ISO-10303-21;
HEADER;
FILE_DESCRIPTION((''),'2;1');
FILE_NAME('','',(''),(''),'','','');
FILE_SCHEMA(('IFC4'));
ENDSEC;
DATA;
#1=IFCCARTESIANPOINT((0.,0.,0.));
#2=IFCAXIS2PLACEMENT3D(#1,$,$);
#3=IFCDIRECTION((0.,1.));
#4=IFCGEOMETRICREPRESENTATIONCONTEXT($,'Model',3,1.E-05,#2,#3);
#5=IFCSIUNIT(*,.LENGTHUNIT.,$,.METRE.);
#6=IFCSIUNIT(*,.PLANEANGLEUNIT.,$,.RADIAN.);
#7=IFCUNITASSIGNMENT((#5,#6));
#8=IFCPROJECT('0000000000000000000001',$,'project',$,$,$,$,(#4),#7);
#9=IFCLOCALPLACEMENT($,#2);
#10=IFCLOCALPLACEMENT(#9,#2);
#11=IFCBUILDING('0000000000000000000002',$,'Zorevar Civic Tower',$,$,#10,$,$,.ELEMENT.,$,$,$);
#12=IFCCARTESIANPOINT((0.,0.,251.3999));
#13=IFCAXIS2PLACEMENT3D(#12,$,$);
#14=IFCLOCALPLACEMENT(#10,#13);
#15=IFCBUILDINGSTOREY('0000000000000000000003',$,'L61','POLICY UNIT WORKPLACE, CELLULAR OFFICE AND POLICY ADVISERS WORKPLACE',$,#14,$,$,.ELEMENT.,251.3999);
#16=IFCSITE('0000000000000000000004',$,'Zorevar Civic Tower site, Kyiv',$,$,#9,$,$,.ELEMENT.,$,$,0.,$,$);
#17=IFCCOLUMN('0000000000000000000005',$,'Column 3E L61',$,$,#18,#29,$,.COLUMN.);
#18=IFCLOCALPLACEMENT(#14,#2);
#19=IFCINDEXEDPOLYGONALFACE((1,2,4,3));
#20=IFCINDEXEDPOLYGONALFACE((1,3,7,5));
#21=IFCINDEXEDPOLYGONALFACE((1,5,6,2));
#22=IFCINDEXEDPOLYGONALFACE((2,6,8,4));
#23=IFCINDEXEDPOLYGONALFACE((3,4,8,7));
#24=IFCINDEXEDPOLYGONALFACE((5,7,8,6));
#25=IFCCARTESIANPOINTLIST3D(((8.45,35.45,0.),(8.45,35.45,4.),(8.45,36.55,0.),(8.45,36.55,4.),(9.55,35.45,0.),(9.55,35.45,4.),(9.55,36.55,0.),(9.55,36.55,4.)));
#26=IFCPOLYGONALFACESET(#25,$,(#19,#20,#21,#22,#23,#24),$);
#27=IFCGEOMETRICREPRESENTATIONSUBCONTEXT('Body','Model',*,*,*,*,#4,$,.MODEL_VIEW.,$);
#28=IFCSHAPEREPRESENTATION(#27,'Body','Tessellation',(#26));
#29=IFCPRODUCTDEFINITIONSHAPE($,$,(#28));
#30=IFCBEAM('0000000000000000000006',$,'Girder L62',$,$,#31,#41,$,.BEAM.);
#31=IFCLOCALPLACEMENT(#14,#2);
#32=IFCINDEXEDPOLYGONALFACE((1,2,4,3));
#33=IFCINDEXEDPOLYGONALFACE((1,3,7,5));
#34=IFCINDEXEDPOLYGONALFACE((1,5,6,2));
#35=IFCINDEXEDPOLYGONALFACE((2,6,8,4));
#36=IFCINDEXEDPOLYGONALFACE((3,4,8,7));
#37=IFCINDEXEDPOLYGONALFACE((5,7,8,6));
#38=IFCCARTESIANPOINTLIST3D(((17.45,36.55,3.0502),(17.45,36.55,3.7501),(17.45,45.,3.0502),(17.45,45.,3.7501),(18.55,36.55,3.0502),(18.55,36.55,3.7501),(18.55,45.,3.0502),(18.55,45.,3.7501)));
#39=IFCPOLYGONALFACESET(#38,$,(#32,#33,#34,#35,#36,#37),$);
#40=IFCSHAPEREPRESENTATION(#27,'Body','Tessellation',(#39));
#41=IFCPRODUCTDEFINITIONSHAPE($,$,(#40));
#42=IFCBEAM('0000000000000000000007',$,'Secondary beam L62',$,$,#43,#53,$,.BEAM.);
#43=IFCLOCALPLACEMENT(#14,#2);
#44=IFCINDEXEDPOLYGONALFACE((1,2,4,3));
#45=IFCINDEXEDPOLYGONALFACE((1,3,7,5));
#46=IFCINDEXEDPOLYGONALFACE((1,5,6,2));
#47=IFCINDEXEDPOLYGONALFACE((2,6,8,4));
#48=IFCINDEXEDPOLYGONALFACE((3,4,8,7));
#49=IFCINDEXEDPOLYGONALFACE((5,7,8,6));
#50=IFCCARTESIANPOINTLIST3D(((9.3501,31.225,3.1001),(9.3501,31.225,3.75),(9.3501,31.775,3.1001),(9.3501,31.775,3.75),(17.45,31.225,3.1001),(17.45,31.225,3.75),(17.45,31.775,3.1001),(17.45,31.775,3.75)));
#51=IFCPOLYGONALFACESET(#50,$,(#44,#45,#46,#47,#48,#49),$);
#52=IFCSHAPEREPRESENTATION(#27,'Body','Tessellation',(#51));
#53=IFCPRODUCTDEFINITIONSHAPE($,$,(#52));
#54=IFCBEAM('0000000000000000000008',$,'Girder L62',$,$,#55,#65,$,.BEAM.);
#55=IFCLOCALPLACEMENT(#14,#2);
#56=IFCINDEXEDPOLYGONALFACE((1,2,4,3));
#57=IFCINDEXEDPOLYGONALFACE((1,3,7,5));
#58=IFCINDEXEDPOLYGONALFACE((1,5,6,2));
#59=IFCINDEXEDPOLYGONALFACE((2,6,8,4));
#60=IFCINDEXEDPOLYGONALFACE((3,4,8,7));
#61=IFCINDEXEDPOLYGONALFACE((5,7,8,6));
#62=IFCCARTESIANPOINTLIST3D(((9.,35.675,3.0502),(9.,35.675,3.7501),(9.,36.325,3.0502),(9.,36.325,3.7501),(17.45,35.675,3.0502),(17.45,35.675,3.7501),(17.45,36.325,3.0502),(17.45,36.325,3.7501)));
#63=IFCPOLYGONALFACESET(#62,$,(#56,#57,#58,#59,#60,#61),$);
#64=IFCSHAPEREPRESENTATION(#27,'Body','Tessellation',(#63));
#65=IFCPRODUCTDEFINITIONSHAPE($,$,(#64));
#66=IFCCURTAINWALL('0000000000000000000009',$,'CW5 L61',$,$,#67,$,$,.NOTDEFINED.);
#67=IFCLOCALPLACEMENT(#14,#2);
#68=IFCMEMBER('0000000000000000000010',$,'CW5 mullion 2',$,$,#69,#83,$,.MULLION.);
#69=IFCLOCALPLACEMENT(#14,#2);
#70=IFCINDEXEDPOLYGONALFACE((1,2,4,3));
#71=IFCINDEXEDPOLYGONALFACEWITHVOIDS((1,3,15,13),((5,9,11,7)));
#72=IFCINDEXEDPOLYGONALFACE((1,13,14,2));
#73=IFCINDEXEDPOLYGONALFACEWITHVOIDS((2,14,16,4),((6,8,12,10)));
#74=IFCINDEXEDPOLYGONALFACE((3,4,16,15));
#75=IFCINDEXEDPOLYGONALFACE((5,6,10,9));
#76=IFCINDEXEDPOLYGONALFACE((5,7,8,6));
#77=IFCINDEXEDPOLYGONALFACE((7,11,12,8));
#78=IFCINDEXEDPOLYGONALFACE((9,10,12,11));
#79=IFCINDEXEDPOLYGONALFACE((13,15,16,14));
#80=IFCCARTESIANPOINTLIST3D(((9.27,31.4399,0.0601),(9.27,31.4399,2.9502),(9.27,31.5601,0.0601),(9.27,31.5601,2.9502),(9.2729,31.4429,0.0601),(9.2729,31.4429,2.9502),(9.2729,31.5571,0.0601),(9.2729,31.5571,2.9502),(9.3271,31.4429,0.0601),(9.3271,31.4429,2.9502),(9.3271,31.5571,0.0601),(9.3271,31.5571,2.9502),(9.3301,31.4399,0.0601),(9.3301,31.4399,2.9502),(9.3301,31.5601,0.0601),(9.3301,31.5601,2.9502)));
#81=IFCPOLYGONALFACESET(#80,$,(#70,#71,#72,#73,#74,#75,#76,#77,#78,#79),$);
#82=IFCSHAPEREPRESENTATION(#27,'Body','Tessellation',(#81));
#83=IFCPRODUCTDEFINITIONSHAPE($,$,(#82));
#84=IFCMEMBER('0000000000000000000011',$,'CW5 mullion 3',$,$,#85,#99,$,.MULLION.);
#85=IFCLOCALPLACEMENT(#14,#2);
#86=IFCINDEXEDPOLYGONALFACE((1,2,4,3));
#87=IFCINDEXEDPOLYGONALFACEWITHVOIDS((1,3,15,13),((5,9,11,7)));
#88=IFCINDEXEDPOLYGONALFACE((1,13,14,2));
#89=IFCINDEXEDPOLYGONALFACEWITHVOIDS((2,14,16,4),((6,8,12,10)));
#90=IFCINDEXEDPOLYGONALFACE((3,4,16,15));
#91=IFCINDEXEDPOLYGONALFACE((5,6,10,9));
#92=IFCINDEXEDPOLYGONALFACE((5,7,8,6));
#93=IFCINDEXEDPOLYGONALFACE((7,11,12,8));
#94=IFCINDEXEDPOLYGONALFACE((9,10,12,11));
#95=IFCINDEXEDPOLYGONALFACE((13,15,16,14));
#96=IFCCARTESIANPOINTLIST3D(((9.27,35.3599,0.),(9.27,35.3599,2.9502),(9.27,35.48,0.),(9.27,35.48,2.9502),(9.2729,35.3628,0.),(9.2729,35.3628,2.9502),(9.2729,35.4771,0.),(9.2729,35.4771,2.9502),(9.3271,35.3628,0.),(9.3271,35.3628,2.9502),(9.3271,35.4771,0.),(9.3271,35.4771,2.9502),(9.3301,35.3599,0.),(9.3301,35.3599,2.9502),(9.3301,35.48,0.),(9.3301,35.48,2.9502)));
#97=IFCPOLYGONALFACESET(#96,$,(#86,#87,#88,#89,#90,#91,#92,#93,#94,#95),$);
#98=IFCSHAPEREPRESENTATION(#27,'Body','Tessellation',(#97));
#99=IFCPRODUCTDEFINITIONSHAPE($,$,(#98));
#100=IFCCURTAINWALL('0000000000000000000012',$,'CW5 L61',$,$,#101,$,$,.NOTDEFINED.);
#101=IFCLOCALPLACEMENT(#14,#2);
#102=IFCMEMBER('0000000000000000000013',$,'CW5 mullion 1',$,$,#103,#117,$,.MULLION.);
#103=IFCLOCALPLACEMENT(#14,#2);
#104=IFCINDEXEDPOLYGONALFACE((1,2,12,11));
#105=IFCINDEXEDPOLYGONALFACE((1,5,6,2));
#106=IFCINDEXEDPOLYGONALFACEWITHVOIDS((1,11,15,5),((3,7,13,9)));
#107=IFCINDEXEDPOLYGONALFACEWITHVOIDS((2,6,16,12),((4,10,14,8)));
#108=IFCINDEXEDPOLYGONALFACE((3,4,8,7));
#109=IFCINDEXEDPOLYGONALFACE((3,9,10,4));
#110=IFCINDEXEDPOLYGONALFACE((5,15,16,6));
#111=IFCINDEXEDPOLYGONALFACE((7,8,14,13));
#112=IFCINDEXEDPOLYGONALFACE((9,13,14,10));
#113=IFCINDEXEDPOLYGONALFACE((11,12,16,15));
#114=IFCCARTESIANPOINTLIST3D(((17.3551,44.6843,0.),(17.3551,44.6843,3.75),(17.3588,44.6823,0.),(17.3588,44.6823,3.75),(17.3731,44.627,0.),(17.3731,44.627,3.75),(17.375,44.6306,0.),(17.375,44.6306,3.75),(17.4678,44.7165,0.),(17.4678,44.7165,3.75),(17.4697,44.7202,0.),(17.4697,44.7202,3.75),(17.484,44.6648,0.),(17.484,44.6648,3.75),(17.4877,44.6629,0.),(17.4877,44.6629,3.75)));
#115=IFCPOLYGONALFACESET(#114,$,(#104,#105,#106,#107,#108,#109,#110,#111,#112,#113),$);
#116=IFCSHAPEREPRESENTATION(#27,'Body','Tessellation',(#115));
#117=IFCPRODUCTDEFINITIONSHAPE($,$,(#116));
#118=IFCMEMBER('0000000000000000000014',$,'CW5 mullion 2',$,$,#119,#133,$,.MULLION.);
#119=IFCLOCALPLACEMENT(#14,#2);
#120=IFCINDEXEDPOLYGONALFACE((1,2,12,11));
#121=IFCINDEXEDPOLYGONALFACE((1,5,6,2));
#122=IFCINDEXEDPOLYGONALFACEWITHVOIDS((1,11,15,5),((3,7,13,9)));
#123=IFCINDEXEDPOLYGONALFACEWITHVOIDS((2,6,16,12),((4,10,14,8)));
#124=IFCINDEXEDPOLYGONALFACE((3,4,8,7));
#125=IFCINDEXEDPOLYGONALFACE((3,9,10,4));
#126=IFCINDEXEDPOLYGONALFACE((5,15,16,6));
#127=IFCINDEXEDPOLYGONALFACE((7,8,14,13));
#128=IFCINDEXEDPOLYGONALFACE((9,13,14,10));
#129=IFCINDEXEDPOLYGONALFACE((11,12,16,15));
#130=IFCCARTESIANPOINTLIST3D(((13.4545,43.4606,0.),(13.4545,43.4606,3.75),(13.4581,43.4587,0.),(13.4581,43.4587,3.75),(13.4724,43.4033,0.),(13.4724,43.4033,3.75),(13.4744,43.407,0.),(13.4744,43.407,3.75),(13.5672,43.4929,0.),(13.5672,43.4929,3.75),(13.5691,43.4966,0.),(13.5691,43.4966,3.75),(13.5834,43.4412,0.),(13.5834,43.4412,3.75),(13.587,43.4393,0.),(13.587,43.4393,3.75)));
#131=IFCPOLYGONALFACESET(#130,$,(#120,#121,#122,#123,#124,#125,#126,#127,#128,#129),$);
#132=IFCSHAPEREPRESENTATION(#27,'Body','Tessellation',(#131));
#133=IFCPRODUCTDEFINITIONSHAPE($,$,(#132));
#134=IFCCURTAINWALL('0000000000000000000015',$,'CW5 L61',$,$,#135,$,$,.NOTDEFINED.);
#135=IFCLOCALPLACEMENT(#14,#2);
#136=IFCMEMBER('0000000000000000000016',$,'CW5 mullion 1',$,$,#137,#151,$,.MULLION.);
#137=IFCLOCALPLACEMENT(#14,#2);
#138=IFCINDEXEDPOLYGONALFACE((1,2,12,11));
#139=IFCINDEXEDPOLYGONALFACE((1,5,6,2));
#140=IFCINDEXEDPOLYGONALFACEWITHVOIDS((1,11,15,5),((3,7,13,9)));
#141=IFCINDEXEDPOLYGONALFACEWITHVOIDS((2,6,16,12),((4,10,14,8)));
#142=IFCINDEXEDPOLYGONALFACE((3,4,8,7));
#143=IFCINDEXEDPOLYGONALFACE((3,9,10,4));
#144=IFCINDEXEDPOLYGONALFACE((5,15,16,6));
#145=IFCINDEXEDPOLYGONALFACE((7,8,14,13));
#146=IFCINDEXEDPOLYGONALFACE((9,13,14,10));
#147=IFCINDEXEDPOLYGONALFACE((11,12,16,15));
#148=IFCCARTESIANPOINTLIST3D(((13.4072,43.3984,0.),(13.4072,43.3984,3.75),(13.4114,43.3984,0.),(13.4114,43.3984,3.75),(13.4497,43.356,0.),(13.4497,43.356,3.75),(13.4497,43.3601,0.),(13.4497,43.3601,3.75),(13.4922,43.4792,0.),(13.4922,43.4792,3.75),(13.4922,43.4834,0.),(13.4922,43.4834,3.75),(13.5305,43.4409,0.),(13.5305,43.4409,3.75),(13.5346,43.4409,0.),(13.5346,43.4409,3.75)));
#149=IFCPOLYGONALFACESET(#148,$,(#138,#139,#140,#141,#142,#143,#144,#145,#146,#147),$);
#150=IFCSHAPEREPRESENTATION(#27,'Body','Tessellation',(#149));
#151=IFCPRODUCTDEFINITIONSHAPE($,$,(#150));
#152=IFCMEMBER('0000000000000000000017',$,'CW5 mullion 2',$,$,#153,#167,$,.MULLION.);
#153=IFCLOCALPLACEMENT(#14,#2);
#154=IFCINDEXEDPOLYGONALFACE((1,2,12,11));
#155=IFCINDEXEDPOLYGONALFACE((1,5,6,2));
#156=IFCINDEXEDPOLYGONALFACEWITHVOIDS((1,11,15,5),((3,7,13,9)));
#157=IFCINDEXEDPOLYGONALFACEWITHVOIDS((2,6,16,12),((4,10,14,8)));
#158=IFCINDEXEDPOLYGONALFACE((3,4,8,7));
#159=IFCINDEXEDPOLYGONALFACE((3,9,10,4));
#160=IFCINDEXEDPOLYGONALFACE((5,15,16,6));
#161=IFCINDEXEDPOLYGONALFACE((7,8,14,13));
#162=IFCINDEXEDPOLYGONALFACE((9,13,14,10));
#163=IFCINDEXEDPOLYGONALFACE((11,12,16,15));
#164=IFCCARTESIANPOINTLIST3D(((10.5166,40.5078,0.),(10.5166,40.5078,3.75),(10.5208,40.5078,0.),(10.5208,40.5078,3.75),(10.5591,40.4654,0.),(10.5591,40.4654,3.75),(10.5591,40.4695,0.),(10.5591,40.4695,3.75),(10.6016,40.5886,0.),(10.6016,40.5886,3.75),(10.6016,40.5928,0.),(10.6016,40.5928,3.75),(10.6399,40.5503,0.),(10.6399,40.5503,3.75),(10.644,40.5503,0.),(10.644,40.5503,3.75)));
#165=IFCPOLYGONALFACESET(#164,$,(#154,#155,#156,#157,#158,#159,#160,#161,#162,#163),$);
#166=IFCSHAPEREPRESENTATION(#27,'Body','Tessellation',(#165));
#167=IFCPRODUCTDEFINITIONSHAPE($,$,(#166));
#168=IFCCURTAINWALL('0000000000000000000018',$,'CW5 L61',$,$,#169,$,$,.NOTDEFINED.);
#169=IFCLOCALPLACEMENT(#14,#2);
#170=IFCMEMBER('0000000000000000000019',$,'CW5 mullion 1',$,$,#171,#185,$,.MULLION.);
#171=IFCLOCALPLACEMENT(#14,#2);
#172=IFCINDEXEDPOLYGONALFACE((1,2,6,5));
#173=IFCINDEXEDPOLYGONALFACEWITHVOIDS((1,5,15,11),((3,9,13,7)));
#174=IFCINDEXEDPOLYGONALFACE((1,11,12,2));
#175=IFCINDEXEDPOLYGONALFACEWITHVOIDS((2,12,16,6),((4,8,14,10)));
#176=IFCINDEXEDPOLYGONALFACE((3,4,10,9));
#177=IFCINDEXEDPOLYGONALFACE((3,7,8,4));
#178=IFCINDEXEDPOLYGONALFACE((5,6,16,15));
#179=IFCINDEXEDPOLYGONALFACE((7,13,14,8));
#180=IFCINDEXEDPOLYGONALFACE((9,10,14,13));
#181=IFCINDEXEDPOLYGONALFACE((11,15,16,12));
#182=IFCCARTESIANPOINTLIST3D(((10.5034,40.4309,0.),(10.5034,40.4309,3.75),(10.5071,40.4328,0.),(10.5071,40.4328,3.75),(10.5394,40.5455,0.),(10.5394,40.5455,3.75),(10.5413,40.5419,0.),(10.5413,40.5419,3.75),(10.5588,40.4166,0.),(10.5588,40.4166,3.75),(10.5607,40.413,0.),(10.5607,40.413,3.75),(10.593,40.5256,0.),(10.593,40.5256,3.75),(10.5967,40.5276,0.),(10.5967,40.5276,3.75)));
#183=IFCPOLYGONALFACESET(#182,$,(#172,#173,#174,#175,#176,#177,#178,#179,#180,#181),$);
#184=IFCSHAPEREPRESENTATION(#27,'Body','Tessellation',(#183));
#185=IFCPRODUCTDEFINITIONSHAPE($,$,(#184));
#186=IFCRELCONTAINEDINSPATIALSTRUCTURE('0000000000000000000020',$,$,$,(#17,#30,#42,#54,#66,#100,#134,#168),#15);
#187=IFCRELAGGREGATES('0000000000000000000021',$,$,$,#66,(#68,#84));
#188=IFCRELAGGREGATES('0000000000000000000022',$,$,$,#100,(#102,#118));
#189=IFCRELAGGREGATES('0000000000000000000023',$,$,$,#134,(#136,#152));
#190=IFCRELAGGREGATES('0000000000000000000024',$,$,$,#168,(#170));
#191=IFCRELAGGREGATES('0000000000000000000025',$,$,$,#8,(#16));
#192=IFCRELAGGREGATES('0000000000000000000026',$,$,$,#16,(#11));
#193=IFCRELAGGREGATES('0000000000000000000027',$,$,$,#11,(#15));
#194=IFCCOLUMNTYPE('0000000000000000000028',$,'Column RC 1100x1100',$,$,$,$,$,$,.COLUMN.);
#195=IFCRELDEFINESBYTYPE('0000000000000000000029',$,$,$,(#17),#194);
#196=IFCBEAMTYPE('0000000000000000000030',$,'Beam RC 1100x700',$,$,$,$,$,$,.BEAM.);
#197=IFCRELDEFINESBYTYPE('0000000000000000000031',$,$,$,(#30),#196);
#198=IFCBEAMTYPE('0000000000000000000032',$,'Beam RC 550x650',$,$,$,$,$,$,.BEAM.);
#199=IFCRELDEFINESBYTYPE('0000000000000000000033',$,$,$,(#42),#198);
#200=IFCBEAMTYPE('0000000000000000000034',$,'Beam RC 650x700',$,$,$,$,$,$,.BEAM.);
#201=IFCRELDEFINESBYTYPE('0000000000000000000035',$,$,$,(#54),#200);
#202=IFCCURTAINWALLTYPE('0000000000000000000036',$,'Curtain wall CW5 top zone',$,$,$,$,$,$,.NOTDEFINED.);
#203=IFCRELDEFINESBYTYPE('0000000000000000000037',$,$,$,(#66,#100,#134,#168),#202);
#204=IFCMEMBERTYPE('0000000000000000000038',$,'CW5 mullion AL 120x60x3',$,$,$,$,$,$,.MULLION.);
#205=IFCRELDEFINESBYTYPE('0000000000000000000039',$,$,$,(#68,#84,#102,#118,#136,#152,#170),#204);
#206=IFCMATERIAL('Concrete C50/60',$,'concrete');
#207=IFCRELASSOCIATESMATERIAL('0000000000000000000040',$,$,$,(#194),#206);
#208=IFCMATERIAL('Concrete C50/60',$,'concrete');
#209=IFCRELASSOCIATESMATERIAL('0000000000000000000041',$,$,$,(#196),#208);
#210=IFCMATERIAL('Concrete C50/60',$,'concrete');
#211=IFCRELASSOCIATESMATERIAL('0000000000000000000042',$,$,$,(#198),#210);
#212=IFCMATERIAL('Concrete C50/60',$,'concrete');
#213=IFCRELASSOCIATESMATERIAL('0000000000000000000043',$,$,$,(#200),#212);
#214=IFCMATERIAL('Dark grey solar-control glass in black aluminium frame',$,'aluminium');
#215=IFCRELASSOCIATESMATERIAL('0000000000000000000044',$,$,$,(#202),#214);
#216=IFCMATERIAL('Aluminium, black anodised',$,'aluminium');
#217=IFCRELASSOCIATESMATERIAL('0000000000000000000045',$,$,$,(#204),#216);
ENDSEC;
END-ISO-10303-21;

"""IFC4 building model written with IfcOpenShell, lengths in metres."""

from ifc_helpers import new_model, si_unit, direction, frame, origin, origin_2d, place, context, subcontext, project, spatial, rectangle, hollow_rectangle, extrude, material, material_profile, profile_set, type_object, element, aggregate, save


model = new_model("IFC4")

# Units and contexts
model_context = context("Model", 3, precision=1e-05, world=origin(), true_north=direction((0.0, 1.0)))
body_context = subcontext(model_context, "Body", "Model", "MODEL_VIEW")
ifc_project = project(units=[si_unit("LENGTHUNIT", "METRE"), si_unit("PLANEANGLEUNIT", "RADIAN")], contexts=[model_context])

# Site, building, storey
site_placement = place(None, origin())
site = spatial("IfcSite", under=ifc_project, at=site_placement, Name="Zorevar Civic Tower site, Kyiv", CompositionType="ELEMENT", RefElevation=0.0)
building_placement = place(site_placement, origin())
building = spatial("IfcBuilding", under=site, at=building_placement, Name="Zorevar Civic Tower", CompositionType="ELEMENT")
storey_placement = place(building_placement, frame((0.0, 0.0, 251.3999)))
storey = spatial("IfcBuildingStorey", under=building, at=storey_placement, Name="L61", Description="POLICY UNIT WORKPLACE, CELLULAR OFFICE AND POLICY ADVISERS WORKPLACE", CompositionType="ELEMENT", Elevation=251.3999)

# Column
ifc_material_1 = material(Name="Concrete C50/60", Category="concrete")
ifc_material_profile_1 = material_profile(ifc_material_1, rectangle(XDim=1.1001, YDim=1.1001, at=origin_2d()), Name="RC 1100x1100")
ifc_profile_set_1 = profile_set([ifc_material_profile_1], Name="Concrete C50/60")
column_type = type_object("IfcColumnType", Name="Column RC 1100x1100", PredefinedType="COLUMN", material=ifc_profile_set_1)
column_placement = place(storey_placement, frame((9.0, 36.0, 0.0), z_axis=(0.0, 0.0, 1.0), x_axis=(1.0, 0.0, 0.0)))
element("IfcColumn", 1, at=column_placement, inside=storey, type_object=column_type, Name="Column 3E L61", PredefinedType="COLUMN", context=body_context, shape_type="SweptSolid", body=[
    extrude(rectangle(XDim=1.1001, YDim=1.1001, at=origin_2d()), origin(), (0.0, 0.0, 1.0), 4.0),
])

# Beams
ifc_material_2 = material(Name="Concrete C50/60", Category="concrete")
ifc_material_profile_2 = material_profile(ifc_material_2, rectangle(XDim=1.1001, YDim=0.7, at=origin_2d()), Name="RC 1100x700")
ifc_profile_set_2 = profile_set([ifc_material_profile_2], Name="Concrete C50/60")
beam_type_1 = type_object("IfcBeamType", Name="Beam RC 1100x700", PredefinedType="BEAM", material=ifc_profile_set_2)
beam_1_placement = place(storey_placement, frame((18.0, 36.55, 3.4001), z_axis=(0.0, 1.0, 0.0), x_axis=(-1.0, 0.0, 0.0)))
element("IfcBeam", 2, at=beam_1_placement, inside=storey, type_object=beam_type_1, Name="Girder L62", PredefinedType="BEAM", context=body_context, shape_type="SweptSolid", body=[
    extrude(rectangle(XDim=1.1001, YDim=0.7, at=origin_2d()), origin(), (0.0, 0.0, 1.0), 8.45),
])
ifc_material_3 = material(Name="Concrete C50/60", Category="concrete")
ifc_material_profile_3 = material_profile(ifc_material_3, rectangle(XDim=0.55, YDim=0.6499, at=origin_2d()), Name="RC 550x650")
ifc_profile_set_3 = profile_set([ifc_material_profile_3], Name="Concrete C50/60")
beam_type_2 = type_object("IfcBeamType", Name="Beam RC 550x650", PredefinedType="BEAM", material=ifc_profile_set_3)
beam_2_placement = place(storey_placement, frame((9.3501, 31.5, 3.425), z_axis=(1.0, 0.0, 0.0), x_axis=(0.0, 1.0, 0.0)))
element("IfcBeam", 3, at=beam_2_placement, inside=storey, type_object=beam_type_2, Name="Secondary beam L62", PredefinedType="BEAM", context=body_context, shape_type="SweptSolid", body=[
    extrude(rectangle(XDim=0.55, YDim=0.6499, at=origin_2d()), origin(), (0.0, 0.0, 1.0), 8.0999),
])
ifc_material_4 = material(Name="Concrete C50/60", Category="concrete")
ifc_material_profile_4 = material_profile(ifc_material_4, rectangle(XDim=0.6499, YDim=0.7, at=origin_2d()), Name="RC 650x700")
ifc_profile_set_4 = profile_set([ifc_material_profile_4], Name="Concrete C50/60")
beam_type_3 = type_object("IfcBeamType", Name="Beam RC 650x700", PredefinedType="BEAM", material=ifc_profile_set_4)
beam_3_placement = place(storey_placement, frame((9.0, 36.0, 3.4001), z_axis=(1.0, 0.0, 0.0), x_axis=(0.0, 1.0, 0.0)))
element("IfcBeam", 4, at=beam_3_placement, inside=storey, type_object=beam_type_3, Name="Girder L62", PredefinedType="BEAM", context=body_context, shape_type="SweptSolid", body=[
    extrude(rectangle(XDim=0.6499, YDim=0.7, at=origin_2d()), origin(), (0.0, 0.0, 1.0), 8.45),
])

# Curtain walls, members
ifc_material_5 = material(Name="Dark grey solar-control glass in black aluminium frame", Category="aluminium")
curtain_wall_type = type_object("IfcCurtainWallType", Name="Curtain wall CW5 top zone", PredefinedType="NOTDEFINED", material=ifc_material_5)
curtain_wall_1_placement = place(storey_placement, origin())
curtain_wall_1 = element("IfcCurtainWall", 5, at=curtain_wall_1_placement, inside=storey, type_object=curtain_wall_type, Name="CW5 L61", PredefinedType="NOTDEFINED")
ifc_material_6 = material(Name="Aluminium, black anodised", Category="aluminium")
ifc_material_profile_5 = material_profile(ifc_material_6, hollow_rectangle(XDim=0.0601, YDim=0.1201, WallThickness=0.0029, at=origin_2d()), Name="AL 120x60x3")
ifc_profile_set_5 = profile_set([ifc_material_profile_5], Name="Aluminium, black anodised")
member_type_1 = type_object("IfcMemberType", Name="CW5 mullion AL 120x60x3", PredefinedType="MULLION", material=ifc_profile_set_5)
member_1_placement = place(storey_placement, frame((9.3, 31.5, 0.0601), z_axis=(0.0, 0.0, 1.0), x_axis=(-1.0, 0.0, 0.0)))
member_1 = element("IfcMember", 6, at=member_1_placement, type_object=member_type_1, Name="CW5 mullion 2", PredefinedType="MULLION", context=body_context, shape_type="SweptSolid", body=[
    extrude(hollow_rectangle(XDim=0.0601, YDim=0.1201, WallThickness=0.0029, at=origin_2d()), origin(), (0.0, 0.0, 1.0), 2.8901),
])
member_2_placement = place(storey_placement, frame((9.3, 35.4199, 0.0), z_axis=(0.0, 0.0, 1.0), x_axis=(-1.0, 0.0, 0.0)))
member_2 = element("IfcMember", 7, at=member_2_placement, type_object=member_type_1, Name="CW5 mullion 3", PredefinedType="MULLION", context=body_context, shape_type="SweptSolid", body=[
    extrude(hollow_rectangle(XDim=0.0601, YDim=0.1201, WallThickness=0.0029, at=origin_2d()), origin(), (0.0, 0.0, 1.0), 2.9502),
])
curtain_wall_2_placement = place(storey_placement, origin())
curtain_wall_2 = element("IfcCurtainWall", 8, at=curtain_wall_2_placement, inside=storey, type_object=curtain_wall_type, Name="CW5 L61", PredefinedType="NOTDEFINED")
member_3_placement = place(storey_placement, frame((17.4214, 44.6736, 0.0), z_axis=(0.0, 0.0, 1.0), x_axis=(0.299318, -0.954153, 0.0)))
member_3 = element("IfcMember", 9, at=member_3_placement, type_object=member_type_1, Name="CW5 mullion 1", PredefinedType="MULLION", context=body_context, shape_type="SweptSolid", body=[
    extrude(hollow_rectangle(XDim=0.0601, YDim=0.1201, WallThickness=0.0029, at=origin_2d()), origin(), (0.0, 0.0, 1.0), 3.75),
])
member_4_placement = place(storey_placement, frame((13.5208, 43.45, 0.0), z_axis=(0.0, 0.0, 1.0), x_axis=(0.299318, -0.954153, 0.0)))
member_4 = element("IfcMember", 10, at=member_4_placement, type_object=member_type_1, Name="CW5 mullion 2", PredefinedType="MULLION", context=body_context, shape_type="SweptSolid", body=[
    extrude(hollow_rectangle(XDim=0.0601, YDim=0.1201, WallThickness=0.0029, at=origin_2d()), origin(), (0.0, 0.0, 1.0), 3.75),
])
curtain_wall_3_placement = place(storey_placement, origin())
curtain_wall_3 = element("IfcCurtainWall", 11, at=curtain_wall_3_placement, inside=storey, type_object=curtain_wall_type, Name="CW5 L61", PredefinedType="NOTDEFINED")
member_5_placement = place(storey_placement, frame((13.4709, 43.4197, 0.0), z_axis=(0.0, 0.0, 1.0), x_axis=(0.707107, -0.707107, 0.0)))
member_5 = element("IfcMember", 12, at=member_5_placement, type_object=member_type_1, Name="CW5 mullion 1", PredefinedType="MULLION", context=body_context, shape_type="SweptSolid", body=[
    extrude(hollow_rectangle(XDim=0.0601, YDim=0.1201, WallThickness=0.0029, at=origin_2d()), origin(), (0.0, 0.0, 1.0), 3.75),
])
member_6_placement = place(storey_placement, frame((10.5803, 40.5291, 0.0), z_axis=(0.0, 0.0, 1.0), x_axis=(0.707107, -0.707107, 0.0)))
member_6 = element("IfcMember", 13, at=member_6_placement, type_object=member_type_1, Name="CW5 mullion 2", PredefinedType="MULLION", context=body_context, shape_type="SweptSolid", body=[
    extrude(hollow_rectangle(XDim=0.0601, YDim=0.1201, WallThickness=0.0029, at=origin_2d()), origin(), (0.0, 0.0, 1.0), 3.75),
])
curtain_wall_4_placement = place(storey_placement, origin())
curtain_wall_4 = element("IfcCurtainWall", 14, at=curtain_wall_4_placement, inside=storey, type_object=curtain_wall_type, Name="CW5 L61", PredefinedType="NOTDEFINED")
member_7_placement = place(storey_placement, frame((10.55, 40.4792, 0.0), z_axis=(0.0, 0.0, 1.0), x_axis=(0.954153, -0.299318, 0.0)))
member_7 = element("IfcMember", 15, at=member_7_placement, type_object=member_type_1, Name="CW5 mullion 1", PredefinedType="MULLION", context=body_context, shape_type="SweptSolid", body=[
    extrude(hollow_rectangle(XDim=0.0601, YDim=0.1201, WallThickness=0.0029, at=origin_2d()), origin(), (0.0, 0.0, 1.0), 3.75),
])

aggregate(curtain_wall_1, [member_1, member_2])
aggregate(curtain_wall_2, [member_3, member_4])
aggregate(curtain_wall_3, [member_5, member_6])
aggregate(curtain_wall_4, [member_7])

save(model, "model.ifc")
